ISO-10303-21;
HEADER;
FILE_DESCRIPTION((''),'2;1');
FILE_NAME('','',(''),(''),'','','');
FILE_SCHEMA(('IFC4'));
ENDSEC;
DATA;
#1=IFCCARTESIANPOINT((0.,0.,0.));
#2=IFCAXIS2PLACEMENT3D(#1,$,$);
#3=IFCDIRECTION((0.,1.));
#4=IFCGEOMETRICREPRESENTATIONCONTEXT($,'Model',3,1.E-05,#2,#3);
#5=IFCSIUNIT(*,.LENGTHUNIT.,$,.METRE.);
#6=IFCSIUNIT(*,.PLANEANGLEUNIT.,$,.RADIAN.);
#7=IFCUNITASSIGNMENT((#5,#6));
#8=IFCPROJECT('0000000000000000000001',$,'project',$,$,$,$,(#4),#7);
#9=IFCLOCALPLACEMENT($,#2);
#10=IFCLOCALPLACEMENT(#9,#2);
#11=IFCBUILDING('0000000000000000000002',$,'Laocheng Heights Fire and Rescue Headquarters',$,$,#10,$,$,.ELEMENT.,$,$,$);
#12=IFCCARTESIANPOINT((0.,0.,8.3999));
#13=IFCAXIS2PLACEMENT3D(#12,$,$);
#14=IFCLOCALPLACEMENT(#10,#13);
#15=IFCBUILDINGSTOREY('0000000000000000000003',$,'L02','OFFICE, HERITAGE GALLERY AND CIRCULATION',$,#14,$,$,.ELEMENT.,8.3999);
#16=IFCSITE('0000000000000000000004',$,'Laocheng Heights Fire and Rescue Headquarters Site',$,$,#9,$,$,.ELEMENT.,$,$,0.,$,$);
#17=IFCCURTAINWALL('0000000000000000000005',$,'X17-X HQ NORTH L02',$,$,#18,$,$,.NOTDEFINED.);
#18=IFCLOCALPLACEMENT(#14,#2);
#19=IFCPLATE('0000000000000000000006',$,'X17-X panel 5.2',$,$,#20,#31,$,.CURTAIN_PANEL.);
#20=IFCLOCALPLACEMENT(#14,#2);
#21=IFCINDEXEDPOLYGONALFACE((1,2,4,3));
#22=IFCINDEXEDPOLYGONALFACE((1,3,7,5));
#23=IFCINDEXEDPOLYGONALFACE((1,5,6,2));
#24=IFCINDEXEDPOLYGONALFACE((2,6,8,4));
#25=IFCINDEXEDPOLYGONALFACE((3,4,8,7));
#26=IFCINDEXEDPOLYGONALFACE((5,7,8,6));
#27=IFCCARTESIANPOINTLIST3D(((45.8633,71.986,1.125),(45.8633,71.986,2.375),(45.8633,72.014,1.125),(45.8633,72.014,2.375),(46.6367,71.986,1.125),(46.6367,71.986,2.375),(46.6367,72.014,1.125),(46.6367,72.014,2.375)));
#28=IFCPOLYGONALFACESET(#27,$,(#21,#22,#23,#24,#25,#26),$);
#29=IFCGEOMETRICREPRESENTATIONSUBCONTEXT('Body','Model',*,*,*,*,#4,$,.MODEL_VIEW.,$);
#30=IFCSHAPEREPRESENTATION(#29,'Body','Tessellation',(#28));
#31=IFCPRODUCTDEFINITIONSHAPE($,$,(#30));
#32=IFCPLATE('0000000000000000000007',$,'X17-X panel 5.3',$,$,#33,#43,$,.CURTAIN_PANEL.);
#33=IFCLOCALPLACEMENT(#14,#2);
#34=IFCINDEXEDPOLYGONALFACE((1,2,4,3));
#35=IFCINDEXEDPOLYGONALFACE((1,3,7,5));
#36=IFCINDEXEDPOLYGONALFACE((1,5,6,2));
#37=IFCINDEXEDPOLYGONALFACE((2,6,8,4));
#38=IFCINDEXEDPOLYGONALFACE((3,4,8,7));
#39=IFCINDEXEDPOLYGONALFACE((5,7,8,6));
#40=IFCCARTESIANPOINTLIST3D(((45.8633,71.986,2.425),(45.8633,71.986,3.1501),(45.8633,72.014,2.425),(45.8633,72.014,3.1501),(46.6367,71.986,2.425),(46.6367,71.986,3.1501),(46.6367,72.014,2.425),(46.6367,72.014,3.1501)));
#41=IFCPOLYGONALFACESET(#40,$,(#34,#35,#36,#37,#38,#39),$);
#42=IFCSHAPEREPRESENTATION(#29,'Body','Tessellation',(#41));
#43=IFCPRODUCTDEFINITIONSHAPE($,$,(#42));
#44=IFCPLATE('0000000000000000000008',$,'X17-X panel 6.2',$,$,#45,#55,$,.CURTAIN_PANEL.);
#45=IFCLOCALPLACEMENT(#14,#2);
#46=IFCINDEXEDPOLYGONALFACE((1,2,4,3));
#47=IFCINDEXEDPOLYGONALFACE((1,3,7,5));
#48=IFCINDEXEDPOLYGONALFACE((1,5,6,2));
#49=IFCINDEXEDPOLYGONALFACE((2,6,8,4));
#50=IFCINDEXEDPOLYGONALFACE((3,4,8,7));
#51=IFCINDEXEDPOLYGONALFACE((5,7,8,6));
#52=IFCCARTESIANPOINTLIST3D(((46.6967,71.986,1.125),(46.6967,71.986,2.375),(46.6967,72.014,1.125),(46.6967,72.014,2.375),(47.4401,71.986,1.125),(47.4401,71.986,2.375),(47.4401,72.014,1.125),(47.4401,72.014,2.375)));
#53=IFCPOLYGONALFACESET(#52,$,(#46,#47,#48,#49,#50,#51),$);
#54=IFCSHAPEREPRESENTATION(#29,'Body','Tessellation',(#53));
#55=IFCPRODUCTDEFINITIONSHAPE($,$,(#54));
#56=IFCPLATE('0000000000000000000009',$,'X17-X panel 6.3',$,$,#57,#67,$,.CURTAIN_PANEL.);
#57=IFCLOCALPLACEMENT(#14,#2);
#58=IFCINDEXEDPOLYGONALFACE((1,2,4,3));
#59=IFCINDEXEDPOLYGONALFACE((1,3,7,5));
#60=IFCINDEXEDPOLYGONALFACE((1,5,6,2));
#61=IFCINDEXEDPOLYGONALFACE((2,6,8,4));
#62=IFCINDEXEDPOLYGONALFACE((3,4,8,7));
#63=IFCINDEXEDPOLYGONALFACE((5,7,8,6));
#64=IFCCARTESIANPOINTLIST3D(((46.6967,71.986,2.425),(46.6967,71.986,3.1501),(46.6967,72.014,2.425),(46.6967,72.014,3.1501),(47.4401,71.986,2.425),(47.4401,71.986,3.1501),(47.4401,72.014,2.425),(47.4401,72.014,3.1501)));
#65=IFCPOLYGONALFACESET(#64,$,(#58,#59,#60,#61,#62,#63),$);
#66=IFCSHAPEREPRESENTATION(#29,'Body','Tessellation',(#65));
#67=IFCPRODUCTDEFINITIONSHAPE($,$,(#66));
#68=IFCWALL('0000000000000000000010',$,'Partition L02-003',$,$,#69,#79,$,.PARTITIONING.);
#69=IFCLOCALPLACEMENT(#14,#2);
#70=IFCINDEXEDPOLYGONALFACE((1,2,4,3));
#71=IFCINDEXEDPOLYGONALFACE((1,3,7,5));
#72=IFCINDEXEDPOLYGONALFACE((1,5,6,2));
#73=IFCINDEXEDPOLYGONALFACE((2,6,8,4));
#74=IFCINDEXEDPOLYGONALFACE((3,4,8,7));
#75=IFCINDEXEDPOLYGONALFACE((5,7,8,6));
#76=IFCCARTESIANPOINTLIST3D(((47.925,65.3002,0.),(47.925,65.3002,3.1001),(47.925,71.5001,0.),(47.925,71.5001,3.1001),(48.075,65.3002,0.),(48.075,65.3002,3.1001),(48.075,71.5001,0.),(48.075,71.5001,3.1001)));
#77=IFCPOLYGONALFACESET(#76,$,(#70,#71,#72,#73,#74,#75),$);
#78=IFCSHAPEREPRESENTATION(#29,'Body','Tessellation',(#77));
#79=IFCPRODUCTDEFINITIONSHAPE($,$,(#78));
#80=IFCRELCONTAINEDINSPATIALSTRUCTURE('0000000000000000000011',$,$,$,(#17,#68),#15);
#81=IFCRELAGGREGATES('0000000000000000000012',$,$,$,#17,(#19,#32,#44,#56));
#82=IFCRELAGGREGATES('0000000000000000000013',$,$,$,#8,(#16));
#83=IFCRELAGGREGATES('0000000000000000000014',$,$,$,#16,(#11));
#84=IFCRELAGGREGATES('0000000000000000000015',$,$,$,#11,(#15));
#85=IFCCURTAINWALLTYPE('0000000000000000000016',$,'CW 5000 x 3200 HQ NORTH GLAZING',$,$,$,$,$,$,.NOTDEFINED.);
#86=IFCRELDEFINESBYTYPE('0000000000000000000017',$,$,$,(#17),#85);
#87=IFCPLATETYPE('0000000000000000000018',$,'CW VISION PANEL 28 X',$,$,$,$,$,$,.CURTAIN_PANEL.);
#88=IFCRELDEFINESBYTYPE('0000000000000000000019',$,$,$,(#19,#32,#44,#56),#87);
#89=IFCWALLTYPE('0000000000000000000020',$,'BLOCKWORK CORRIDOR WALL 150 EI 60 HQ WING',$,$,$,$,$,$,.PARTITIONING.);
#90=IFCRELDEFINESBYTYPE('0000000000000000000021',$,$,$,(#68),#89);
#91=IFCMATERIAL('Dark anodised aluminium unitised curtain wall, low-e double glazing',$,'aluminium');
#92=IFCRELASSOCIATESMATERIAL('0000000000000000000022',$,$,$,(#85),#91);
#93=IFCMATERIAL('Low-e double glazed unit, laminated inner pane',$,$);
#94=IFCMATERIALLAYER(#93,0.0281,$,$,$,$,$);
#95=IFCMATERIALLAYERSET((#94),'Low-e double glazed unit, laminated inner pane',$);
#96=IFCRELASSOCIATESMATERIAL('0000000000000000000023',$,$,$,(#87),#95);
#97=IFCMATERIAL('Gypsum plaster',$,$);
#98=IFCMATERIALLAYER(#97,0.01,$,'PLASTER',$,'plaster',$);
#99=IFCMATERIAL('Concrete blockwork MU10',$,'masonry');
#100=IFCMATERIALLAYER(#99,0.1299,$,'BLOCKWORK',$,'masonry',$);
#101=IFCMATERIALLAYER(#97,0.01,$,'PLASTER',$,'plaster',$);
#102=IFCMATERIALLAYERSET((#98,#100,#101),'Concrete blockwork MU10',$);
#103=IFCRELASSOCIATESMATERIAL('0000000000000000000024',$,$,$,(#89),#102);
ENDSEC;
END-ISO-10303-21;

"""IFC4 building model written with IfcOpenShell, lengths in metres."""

from ifc_helpers import new_model, si_unit, direction, frame, frame_2d, origin, origin_2d, place, context, subcontext, project, spatial, rectangle, extrude, material, layer, layer_set, type_object, element, aggregate, save


model = new_model("IFC4")

# Units and contexts
model_context = context("Model", 3, precision=1e-05, world=origin(), true_north=direction((0.0, 1.0)))
body_context = subcontext(model_context, "Body", "Model", "MODEL_VIEW")
ifc_project = project(units=[si_unit("LENGTHUNIT", "METRE"), si_unit("PLANEANGLEUNIT", "RADIAN")], contexts=[model_context])

# Site, building, storey
site_placement = place(None, origin())
site = spatial("IfcSite", under=ifc_project, at=site_placement, Name="Laocheng Heights Fire and Rescue Headquarters Site", CompositionType="ELEMENT", RefElevation=0.0)
building_placement = place(site_placement, origin())
building = spatial("IfcBuilding", under=site, at=building_placement, Name="Laocheng Heights Fire and Rescue Headquarters", CompositionType="ELEMENT")
storey_placement = place(building_placement, frame((0.0, 0.0, 8.3999)))
storey = spatial("IfcBuildingStorey", under=building, at=storey_placement, Name="L02", Description="OFFICE, HERITAGE GALLERY AND CIRCULATION", CompositionType="ELEMENT", Elevation=8.3999)

# Curtain wall
ifc_material_1 = material(Name="Dark anodised aluminium unitised curtain wall, low-e double glazing", Category="aluminium")
curtain_wall_type = type_object("IfcCurtainWallType", Name="CW 5000 x 3200 HQ NORTH GLAZING", PredefinedType="NOTDEFINED", material=ifc_material_1)
curtain_wall_placement = place(storey_placement, origin())
curtain_wall = element("IfcCurtainWall", 1, at=curtain_wall_placement, inside=storey, type_object=curtain_wall_type, Name="X17-X HQ NORTH L02", PredefinedType="NOTDEFINED")

# Plates
ifc_material_2 = material(Name="Low-e double glazed unit, laminated inner pane")
ifc_layer_1 = layer(ifc_material_2, 0.0281)
ifc_layer_set_1 = layer_set([ifc_layer_1], Name="Low-e double glazed unit, laminated inner pane")
plate_type_1 = type_object("IfcPlateType", Name="CW VISION PANEL 28 X", PredefinedType="CURTAIN_PANEL", material=ifc_layer_set_1)
plate_1_placement = place(storey_placement, frame((46.25, 72.0, 1.125), z_axis=(0.0, 0.0, 1.0), x_axis=(1.0, 0.0, 0.0)))
plate_1 = element("IfcPlate", 2, at=plate_1_placement, type_object=plate_type_1, Name="X17-X panel 5.2", PredefinedType="CURTAIN_PANEL", context=body_context, shape_type="SweptSolid", body=[
    extrude(rectangle(XDim=0.7734, YDim=0.0281, at=origin_2d()), origin(), (0.0, 0.0, 1.0), 1.25),
])
plate_2_placement = place(storey_placement, frame((46.25, 72.0, 2.425), z_axis=(0.0, 0.0, 1.0), x_axis=(1.0, 0.0, 0.0)))
plate_2 = element("IfcPlate", 3, at=plate_2_placement, type_object=plate_type_1, Name="X17-X panel 5.3", PredefinedType="CURTAIN_PANEL", context=body_context, shape_type="SweptSolid", body=[
    extrude(rectangle(XDim=0.7734, YDim=0.0281, at=origin_2d()), origin(), (0.0, 0.0, 1.0), 0.7251),
])
plate_3_placement = place(storey_placement, frame((47.0684, 72.0, 1.125), z_axis=(0.0, 0.0, 1.0), x_axis=(1.0, 0.0, 0.0)))
plate_3 = element("IfcPlate", 4, at=plate_3_placement, type_object=plate_type_1, Name="X17-X panel 6.2", PredefinedType="CURTAIN_PANEL", context=body_context, shape_type="SweptSolid", body=[
    extrude(rectangle(XDim=0.7434, YDim=0.0281, at=origin_2d()), origin(), (0.0, 0.0, 1.0), 1.25),
])
plate_4_placement = place(storey_placement, frame((47.0684, 72.0, 2.425), z_axis=(0.0, 0.0, 1.0), x_axis=(1.0, 0.0, 0.0)))
plate_4 = element("IfcPlate", 5, at=plate_4_placement, type_object=plate_type_1, Name="X17-X panel 6.3", PredefinedType="CURTAIN_PANEL", context=body_context, shape_type="SweptSolid", body=[
    extrude(rectangle(XDim=0.7434, YDim=0.0281, at=origin_2d()), origin(), (0.0, 0.0, 1.0), 0.7251),
])
aggregate(curtain_wall, [plate_1, plate_2, plate_3, plate_4])

# Wall
ifc_material_3 = material(Name="Gypsum plaster")
ifc_layer_2 = layer(ifc_material_3, 0.01, Name="PLASTER", Category="plaster")
ifc_material_4 = material(Name="Concrete blockwork MU10", Category="masonry")
ifc_layer_3 = layer(ifc_material_4, 0.1299, Name="BLOCKWORK", Category="masonry")
ifc_layer_4 = layer(ifc_material_3, 0.01, Name="PLASTER", Category="plaster")
ifc_layer_set_2 = layer_set([ifc_layer_2, ifc_layer_3, ifc_layer_4], Name="Concrete blockwork MU10")
wall_type = type_object("IfcWallType", Name="BLOCKWORK CORRIDOR WALL 150 EI 60 HQ WING", PredefinedType="PARTITIONING", material=ifc_layer_set_2)
wall_placement = place(storey_placement, frame((48.0, 65.3, 0.0), z_axis=(0.0, 0.0, 1.0), x_axis=(0.0, 1.0, 0.0)))
element("IfcWall", 6, at=wall_placement, inside=storey, type_object=wall_type, Name="Partition L02-003", PredefinedType="PARTITIONING", context=body_context, shape_type="SweptSolid", body=[
    extrude(rectangle(XDim=6.2, YDim=0.1499, at=frame_2d((3.1001, 0.0))), origin(), (0.0, 0.0, 1.0), 3.1001),
])

save(model, "model.ifc")
